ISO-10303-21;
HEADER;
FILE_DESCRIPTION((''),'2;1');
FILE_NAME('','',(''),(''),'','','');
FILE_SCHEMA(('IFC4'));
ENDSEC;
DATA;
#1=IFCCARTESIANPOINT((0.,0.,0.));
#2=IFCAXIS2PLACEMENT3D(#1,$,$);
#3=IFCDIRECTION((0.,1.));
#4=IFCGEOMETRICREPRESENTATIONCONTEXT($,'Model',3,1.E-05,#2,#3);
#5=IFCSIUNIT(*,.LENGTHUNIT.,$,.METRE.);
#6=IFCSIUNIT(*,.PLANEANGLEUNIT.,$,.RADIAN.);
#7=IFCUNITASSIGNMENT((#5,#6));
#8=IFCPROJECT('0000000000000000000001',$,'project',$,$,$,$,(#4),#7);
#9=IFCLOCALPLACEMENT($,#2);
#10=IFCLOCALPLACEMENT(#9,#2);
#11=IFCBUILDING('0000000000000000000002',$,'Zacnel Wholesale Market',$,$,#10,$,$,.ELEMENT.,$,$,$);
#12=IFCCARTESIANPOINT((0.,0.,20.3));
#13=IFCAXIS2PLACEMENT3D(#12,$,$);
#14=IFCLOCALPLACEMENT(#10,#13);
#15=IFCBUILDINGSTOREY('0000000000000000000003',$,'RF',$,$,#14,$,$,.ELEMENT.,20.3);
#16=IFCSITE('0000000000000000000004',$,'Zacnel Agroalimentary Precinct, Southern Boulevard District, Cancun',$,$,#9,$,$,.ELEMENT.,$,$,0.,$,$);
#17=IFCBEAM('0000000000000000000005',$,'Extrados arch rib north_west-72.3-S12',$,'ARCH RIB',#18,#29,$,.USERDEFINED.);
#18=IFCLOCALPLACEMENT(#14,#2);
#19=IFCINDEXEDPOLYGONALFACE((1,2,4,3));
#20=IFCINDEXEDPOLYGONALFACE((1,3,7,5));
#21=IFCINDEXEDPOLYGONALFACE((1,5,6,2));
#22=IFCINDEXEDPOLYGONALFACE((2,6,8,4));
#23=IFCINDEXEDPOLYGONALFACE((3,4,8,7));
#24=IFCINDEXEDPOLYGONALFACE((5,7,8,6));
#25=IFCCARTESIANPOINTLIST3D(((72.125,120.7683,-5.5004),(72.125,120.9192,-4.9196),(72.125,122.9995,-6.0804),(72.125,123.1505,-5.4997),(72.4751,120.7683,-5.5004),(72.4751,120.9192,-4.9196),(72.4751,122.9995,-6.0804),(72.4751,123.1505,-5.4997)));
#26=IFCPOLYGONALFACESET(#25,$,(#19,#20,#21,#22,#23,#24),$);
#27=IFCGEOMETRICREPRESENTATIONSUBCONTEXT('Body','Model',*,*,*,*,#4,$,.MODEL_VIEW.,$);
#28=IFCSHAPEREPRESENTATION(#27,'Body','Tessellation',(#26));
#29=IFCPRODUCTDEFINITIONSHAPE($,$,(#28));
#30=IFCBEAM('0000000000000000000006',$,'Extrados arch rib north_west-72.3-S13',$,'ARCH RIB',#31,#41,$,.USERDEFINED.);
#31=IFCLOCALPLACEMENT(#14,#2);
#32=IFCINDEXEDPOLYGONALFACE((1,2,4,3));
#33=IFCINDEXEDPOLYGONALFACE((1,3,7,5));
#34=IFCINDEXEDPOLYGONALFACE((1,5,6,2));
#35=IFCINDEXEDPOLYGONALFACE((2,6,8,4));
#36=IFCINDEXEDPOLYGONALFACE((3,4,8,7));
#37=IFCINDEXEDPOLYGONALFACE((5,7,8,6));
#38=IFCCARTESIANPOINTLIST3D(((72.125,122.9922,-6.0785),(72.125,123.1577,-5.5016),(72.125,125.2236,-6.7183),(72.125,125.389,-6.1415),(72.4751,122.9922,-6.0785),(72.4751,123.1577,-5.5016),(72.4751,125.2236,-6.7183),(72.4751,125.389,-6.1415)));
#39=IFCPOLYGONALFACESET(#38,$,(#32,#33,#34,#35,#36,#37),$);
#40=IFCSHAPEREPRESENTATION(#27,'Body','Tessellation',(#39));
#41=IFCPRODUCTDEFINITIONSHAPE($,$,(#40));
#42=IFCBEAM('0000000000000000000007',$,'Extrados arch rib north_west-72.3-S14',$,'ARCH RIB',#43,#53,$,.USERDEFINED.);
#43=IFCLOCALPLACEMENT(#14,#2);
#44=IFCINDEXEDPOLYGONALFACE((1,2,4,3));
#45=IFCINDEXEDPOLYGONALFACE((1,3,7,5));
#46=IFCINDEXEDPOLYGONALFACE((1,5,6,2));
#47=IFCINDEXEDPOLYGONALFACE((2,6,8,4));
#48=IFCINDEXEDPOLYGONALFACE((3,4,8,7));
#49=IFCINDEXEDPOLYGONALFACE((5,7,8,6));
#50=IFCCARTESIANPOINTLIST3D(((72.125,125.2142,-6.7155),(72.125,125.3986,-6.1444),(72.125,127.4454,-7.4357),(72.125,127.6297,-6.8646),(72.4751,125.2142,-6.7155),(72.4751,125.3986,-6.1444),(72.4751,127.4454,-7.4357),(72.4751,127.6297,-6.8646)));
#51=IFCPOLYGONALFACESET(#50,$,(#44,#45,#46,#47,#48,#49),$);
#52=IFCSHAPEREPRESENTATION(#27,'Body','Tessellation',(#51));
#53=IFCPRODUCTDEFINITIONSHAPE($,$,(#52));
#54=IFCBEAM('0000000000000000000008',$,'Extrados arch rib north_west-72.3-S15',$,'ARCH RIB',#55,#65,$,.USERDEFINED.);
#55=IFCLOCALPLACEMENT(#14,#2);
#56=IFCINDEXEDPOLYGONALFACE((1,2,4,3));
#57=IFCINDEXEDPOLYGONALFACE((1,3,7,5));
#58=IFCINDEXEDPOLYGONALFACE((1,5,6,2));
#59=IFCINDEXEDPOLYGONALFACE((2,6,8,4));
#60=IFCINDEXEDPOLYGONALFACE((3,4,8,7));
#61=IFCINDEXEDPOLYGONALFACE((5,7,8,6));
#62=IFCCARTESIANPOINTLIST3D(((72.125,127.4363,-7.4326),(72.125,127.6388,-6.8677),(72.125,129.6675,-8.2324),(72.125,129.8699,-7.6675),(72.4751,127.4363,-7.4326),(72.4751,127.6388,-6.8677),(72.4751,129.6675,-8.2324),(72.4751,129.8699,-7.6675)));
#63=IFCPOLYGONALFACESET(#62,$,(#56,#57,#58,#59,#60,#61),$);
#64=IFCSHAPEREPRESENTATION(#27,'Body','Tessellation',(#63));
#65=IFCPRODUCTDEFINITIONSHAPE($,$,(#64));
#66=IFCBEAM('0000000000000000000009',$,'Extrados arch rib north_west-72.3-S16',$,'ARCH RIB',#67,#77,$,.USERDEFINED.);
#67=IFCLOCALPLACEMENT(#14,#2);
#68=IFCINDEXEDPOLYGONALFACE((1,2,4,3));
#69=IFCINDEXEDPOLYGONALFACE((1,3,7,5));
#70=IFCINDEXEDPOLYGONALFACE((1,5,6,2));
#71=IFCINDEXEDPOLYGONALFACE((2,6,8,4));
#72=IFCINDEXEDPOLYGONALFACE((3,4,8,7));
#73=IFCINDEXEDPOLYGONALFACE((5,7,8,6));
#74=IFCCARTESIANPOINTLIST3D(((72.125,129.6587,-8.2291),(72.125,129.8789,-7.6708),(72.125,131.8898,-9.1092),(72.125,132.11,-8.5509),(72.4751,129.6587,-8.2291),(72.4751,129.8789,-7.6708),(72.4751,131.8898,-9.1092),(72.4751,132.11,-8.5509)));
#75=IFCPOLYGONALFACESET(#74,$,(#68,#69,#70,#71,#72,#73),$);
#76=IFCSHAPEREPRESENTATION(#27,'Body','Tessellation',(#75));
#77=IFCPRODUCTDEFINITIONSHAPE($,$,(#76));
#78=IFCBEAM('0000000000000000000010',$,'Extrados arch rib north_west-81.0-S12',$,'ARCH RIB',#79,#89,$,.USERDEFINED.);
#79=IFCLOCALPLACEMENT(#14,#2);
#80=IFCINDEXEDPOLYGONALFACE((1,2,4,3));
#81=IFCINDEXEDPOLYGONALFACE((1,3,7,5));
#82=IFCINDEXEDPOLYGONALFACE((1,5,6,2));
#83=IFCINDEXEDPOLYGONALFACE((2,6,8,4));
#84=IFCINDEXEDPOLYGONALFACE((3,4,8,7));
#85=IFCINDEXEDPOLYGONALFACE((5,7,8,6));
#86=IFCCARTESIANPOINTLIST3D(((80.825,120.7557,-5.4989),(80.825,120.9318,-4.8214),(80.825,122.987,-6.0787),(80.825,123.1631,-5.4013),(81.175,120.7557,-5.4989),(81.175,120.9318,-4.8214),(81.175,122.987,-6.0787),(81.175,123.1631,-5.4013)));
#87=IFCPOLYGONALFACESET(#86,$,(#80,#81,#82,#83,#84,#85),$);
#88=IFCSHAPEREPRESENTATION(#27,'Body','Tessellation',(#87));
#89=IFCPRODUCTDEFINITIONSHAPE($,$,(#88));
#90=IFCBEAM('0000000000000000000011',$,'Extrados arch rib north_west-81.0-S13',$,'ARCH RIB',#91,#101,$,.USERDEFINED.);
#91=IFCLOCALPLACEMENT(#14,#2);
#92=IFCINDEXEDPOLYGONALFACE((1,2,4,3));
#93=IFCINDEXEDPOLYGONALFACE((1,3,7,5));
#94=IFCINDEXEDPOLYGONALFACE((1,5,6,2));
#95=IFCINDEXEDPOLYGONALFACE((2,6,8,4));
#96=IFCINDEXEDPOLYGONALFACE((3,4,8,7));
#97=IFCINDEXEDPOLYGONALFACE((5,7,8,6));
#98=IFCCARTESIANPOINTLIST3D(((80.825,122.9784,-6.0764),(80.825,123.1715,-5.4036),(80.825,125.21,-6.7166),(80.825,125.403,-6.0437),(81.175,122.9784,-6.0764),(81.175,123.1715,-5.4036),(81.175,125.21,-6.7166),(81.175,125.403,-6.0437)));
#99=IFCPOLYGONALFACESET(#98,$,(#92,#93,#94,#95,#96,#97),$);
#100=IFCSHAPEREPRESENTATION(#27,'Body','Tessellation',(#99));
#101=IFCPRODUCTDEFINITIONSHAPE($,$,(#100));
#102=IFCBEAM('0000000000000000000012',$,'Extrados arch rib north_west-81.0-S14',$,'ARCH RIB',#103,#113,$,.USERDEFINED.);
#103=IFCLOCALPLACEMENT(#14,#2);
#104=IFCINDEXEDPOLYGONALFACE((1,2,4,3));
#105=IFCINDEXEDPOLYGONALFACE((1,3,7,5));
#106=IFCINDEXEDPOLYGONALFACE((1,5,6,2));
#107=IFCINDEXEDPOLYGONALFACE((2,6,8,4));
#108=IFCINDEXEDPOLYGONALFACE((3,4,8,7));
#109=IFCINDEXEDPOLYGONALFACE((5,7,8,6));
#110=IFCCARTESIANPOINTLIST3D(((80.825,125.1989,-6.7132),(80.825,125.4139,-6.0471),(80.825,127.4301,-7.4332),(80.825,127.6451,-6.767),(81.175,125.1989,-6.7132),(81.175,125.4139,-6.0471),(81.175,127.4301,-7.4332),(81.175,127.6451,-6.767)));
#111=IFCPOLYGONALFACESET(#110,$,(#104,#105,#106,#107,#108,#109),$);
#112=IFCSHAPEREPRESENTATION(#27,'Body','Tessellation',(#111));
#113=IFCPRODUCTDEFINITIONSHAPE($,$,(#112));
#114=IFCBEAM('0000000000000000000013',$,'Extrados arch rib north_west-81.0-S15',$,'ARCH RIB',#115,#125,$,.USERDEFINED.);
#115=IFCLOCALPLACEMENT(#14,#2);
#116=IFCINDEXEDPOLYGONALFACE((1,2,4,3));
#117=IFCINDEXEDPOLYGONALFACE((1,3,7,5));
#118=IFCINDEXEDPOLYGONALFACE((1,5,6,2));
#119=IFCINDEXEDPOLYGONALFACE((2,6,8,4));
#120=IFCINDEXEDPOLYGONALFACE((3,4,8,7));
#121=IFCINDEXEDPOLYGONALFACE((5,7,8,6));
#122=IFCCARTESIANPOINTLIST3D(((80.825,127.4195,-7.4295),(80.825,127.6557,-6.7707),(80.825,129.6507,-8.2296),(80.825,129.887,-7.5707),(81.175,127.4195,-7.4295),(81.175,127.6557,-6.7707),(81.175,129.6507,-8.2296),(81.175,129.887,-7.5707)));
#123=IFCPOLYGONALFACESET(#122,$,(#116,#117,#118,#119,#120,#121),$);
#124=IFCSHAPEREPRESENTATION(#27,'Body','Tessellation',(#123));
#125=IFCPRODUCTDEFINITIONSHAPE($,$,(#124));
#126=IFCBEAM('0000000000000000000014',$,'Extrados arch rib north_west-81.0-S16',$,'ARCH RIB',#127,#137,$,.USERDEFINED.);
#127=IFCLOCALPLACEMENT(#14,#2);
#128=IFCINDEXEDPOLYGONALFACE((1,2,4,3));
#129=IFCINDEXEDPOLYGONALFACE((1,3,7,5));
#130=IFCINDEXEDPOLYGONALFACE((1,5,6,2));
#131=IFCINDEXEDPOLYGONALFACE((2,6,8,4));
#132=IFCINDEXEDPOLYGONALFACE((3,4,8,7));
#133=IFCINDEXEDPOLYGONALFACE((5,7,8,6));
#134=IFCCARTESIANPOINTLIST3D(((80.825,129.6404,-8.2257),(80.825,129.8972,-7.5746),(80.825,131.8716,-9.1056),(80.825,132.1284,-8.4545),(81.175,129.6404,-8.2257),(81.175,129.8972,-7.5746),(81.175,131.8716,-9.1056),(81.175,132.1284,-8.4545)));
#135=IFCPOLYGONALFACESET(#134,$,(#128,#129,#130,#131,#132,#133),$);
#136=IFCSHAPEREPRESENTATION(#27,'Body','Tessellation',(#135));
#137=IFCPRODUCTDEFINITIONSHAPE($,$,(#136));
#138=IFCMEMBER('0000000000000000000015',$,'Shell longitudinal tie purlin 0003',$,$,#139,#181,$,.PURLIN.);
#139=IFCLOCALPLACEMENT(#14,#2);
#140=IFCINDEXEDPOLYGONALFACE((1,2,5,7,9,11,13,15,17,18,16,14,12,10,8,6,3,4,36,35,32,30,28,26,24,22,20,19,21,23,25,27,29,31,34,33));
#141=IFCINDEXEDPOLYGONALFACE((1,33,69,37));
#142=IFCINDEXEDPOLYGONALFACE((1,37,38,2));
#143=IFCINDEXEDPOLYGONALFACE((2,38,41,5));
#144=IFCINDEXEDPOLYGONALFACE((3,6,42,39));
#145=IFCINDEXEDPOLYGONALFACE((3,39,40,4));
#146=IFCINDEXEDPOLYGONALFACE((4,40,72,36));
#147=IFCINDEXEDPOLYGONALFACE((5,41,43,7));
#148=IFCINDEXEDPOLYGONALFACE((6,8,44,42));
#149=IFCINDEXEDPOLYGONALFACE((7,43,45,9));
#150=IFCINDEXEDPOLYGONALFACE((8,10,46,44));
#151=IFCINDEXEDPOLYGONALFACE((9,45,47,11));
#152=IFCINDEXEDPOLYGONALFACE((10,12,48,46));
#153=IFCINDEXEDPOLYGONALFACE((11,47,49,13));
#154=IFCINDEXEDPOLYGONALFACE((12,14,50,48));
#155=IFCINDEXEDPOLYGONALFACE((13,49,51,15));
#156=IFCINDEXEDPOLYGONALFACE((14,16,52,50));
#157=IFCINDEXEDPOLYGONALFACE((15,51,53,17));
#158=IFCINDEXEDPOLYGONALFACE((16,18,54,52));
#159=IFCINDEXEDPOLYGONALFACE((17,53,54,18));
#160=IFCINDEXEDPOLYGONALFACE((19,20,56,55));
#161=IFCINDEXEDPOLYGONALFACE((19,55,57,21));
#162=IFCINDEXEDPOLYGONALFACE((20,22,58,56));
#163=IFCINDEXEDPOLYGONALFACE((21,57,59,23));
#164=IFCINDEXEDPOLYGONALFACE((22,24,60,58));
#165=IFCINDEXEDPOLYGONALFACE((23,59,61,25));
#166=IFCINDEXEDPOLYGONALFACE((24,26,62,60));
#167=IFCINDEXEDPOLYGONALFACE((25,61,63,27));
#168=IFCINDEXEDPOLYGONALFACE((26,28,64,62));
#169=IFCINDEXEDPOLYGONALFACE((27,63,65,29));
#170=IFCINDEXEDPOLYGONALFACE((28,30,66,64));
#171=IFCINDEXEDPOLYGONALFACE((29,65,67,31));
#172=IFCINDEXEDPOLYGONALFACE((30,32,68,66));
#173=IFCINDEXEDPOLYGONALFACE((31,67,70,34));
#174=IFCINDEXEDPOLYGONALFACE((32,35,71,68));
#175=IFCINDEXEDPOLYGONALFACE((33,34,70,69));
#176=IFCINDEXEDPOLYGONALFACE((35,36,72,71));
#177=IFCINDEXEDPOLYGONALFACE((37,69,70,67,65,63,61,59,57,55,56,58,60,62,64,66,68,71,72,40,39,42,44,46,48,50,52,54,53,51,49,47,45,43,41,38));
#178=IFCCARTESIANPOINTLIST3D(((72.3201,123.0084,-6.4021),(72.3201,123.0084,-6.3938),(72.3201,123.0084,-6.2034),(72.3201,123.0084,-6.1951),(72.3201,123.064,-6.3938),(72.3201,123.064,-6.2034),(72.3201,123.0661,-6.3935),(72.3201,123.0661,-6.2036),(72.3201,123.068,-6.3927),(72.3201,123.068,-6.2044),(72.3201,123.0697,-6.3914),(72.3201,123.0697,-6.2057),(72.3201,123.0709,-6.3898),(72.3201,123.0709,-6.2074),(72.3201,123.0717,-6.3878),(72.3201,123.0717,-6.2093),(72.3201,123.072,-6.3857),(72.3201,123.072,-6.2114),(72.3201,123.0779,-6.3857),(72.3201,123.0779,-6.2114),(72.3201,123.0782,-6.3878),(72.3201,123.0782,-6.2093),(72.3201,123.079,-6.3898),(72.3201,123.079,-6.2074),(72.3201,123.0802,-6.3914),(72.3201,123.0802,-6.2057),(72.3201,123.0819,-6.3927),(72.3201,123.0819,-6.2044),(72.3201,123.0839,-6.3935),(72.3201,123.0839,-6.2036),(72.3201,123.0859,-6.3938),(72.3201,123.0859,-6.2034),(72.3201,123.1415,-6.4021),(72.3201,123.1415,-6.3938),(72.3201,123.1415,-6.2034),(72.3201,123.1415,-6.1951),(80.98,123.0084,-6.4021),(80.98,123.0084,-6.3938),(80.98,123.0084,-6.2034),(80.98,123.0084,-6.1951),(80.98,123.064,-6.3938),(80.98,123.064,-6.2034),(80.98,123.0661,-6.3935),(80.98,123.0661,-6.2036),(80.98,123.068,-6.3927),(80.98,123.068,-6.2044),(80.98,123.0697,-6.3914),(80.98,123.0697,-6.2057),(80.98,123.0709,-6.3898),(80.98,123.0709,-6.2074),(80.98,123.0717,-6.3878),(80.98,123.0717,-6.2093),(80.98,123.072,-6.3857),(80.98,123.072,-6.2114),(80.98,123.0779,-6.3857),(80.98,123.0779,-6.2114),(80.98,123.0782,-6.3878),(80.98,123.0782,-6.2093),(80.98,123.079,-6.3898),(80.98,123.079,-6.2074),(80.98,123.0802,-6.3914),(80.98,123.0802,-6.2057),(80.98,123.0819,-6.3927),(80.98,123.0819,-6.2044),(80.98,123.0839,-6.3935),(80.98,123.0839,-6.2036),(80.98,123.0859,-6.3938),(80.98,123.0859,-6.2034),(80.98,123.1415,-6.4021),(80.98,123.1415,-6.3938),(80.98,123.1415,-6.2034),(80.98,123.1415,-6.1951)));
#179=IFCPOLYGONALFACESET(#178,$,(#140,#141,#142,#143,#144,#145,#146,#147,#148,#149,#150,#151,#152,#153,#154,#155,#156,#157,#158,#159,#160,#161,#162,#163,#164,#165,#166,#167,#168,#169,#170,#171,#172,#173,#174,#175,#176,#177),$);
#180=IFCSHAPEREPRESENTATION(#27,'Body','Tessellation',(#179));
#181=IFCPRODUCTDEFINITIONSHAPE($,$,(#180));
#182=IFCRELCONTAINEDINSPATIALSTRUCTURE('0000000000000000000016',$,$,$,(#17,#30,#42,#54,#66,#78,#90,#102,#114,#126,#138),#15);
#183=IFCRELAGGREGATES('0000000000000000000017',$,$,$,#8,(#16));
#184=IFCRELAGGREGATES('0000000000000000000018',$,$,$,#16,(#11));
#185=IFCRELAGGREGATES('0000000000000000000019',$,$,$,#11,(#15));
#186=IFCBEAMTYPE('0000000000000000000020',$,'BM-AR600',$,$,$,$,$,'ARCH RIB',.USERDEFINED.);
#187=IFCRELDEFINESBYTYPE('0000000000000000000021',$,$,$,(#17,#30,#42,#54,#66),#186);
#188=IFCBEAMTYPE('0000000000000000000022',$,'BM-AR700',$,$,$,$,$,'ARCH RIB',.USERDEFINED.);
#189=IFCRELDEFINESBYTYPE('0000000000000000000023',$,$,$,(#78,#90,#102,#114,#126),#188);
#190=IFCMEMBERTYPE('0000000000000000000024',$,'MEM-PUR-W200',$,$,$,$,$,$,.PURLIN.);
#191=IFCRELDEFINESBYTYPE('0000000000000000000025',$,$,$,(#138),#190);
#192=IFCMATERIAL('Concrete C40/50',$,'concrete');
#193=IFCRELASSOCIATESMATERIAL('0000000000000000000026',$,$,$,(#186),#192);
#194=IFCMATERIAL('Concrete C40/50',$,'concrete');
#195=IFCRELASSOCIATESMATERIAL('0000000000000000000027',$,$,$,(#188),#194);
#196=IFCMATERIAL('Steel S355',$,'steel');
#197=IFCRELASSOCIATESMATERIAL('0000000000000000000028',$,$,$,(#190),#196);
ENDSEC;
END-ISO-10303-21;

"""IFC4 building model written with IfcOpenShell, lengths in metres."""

from ifc_helpers import new_model, si_unit, direction, frame, origin, origin_2d, place, context, subcontext, project, spatial, rectangle, i_section, extrude, material, material_profile, profile_set, type_object, element, save


model = new_model("IFC4")

# Units and contexts
model_context = context("Model", 3, precision=1e-05, world=origin(), true_north=direction((0.0, 1.0)))
body_context = subcontext(model_context, "Body", "Model", "MODEL_VIEW")
ifc_project = project(units=[si_unit("LENGTHUNIT", "METRE"), si_unit("PLANEANGLEUNIT", "RADIAN")], contexts=[model_context])

# Site, building, storey
site_placement = place(None, origin())
site = spatial("IfcSite", under=ifc_project, at=site_placement, Name="Zacnel Agroalimentary Precinct, Southern Boulevard District, Cancun", CompositionType="ELEMENT", RefElevation=0.0)
building_placement = place(site_placement, origin())
building = spatial("IfcBuilding", under=site, at=building_placement, Name="Zacnel Wholesale Market", CompositionType="ELEMENT")
storey_placement = place(building_placement, frame((0.0, 0.0, 20.3)))
storey = spatial("IfcBuildingStorey", under=building, at=storey_placement, Name="RF", CompositionType="ELEMENT", Elevation=20.3)

# Beams
ifc_material_1 = material(Name="Concrete C40/50", Category="concrete")
ifc_material_profile_1 = material_profile(ifc_material_1, rectangle(XDim=0.3501, YDim=0.6001, at=origin_2d()), Name="ARCH RIB 350x600")
ifc_profile_set_1 = profile_set([ifc_material_profile_1], Name="Concrete C40/50")
beam_type_1 = type_object("IfcBeamType", Name="BM-AR600", ElementType="ARCH RIB", PredefinedType="USERDEFINED", material=ifc_profile_set_1)
beam_1_placement = place(storey_placement, frame((72.3, 120.8438, -5.21), z_axis=(0.0, 0.967826, -0.25162), x_axis=(-1.0, 0.0, 0.0)))
element("IfcBeam", 1, at=beam_1_placement, inside=storey, type_object=beam_type_1, Name="Extrados arch rib north_west-72.3-S12", ObjectType="ARCH RIB", PredefinedType="USERDEFINED", context=body_context, shape_type="SweptSolid", body=[
    extrude(rectangle(XDim=0.3501, YDim=0.6001, at=origin_2d()), origin(), (0.0, 0.0, 1.0), 2.3054),
])
beam_2_placement = place(storey_placement, frame((72.3, 123.075, -5.79), z_axis=(0.0, 0.961258, -0.275652), x_axis=(-1.0, 0.0, 0.0)))
element("IfcBeam", 2, at=beam_2_placement, inside=storey, type_object=beam_type_1, Name="Extrados arch rib north_west-72.3-S13", ObjectType="ARCH RIB", PredefinedType="USERDEFINED", context=body_context, shape_type="SweptSolid", body=[
    extrude(rectangle(XDim=0.3501, YDim=0.6001, at=origin_2d()), origin(), (0.0, 0.0, 1.0), 2.3213),
])
beam_3_placement = place(storey_placement, frame((72.3, 125.3064, -6.4299), z_axis=(0.0, 0.95165, -0.307185), x_axis=(-1.0, 0.0, 0.0)))
element("IfcBeam", 3, at=beam_3_placement, inside=storey, type_object=beam_type_1, Name="Extrados arch rib north_west-72.3-S14", ObjectType="ARCH RIB", PredefinedType="USERDEFINED", context=body_context, shape_type="SweptSolid", body=[
    extrude(rectangle(XDim=0.3501, YDim=0.6001, at=origin_2d()), origin(), (0.0, 0.0, 1.0), 2.3445),
])
beam_4_placement = place(storey_placement, frame((72.3, 127.5376, -7.1501), z_axis=(0.0, 0.941347, -0.337439), x_axis=(-1.0, 0.0, 0.0)))
element("IfcBeam", 4, at=beam_4_placement, inside=storey, type_object=beam_type_1, Name="Extrados arch rib north_west-72.3-S15", ObjectType="ARCH RIB", PredefinedType="USERDEFINED", context=body_context, shape_type="SweptSolid", body=[
    extrude(rectangle(XDim=0.3501, YDim=0.6001, at=origin_2d()), origin(), (0.0, 0.0, 1.0), 2.3701),
])
beam_5_placement = place(storey_placement, frame((72.3, 129.7688, -7.95), z_axis=(0.0, 0.930242, -0.366946), x_axis=(-1.0, 0.0, 0.0)))
element("IfcBeam", 5, at=beam_5_placement, inside=storey, type_object=beam_type_1, Name="Extrados arch rib north_west-72.3-S16", ObjectType="ARCH RIB", PredefinedType="USERDEFINED", context=body_context, shape_type="SweptSolid", body=[
    extrude(rectangle(XDim=0.3501, YDim=0.6001, at=origin_2d()), origin(), (0.0, 0.0, 1.0), 2.3984),
])
ifc_material_2 = material(Name="Concrete C40/50", Category="concrete")
ifc_material_profile_2 = material_profile(ifc_material_2, rectangle(XDim=0.3501, YDim=0.7, at=origin_2d()), Name="ARCH RIB 350x700")
ifc_profile_set_2 = profile_set([ifc_material_profile_2], Name="Concrete C40/50")
beam_type_2 = type_object("IfcBeamType", Name="BM-AR700", ElementType="ARCH RIB", PredefinedType="USERDEFINED", material=ifc_profile_set_2)
beam_6_placement = place(storey_placement, frame((81.0, 120.8438, -5.1602), z_axis=(0.0, 0.967852, -0.251521), x_axis=(-1.0, 0.0, 0.0)))
element("IfcBeam", 6, at=beam_6_placement, inside=storey, type_object=beam_type_2, Name="Extrados arch rib north_west-81.0-S12", ObjectType="ARCH RIB", PredefinedType="USERDEFINED", context=body_context, shape_type="SweptSolid", body=[
    extrude(rectangle(XDim=0.3501, YDim=0.7, at=origin_2d()), origin(), (0.0, 0.0, 1.0), 2.3054),
])
beam_7_placement = place(storey_placement, frame((81.0, 123.075, -5.74), z_axis=(0.0, 0.96123, -0.275749), x_axis=(-1.0, 0.0, 0.0)))
element("IfcBeam", 7, at=beam_7_placement, inside=storey, type_object=beam_type_2, Name="Extrados arch rib north_west-81.0-S13", ObjectType="ARCH RIB", PredefinedType="USERDEFINED", context=body_context, shape_type="SweptSolid", body=[
    extrude(rectangle(XDim=0.3501, YDim=0.7, at=origin_2d()), origin(), (0.0, 0.0, 1.0), 2.3215),
])
beam_8_placement = place(storey_placement, frame((81.0, 125.3064, -6.3801), z_axis=(0.0, 0.95168, -0.307091), x_axis=(-1.0, 0.0, 0.0)))
element("IfcBeam", 8, at=beam_8_placement, inside=storey, type_object=beam_type_2, Name="Extrados arch rib north_west-81.0-S14", ObjectType="ARCH RIB", PredefinedType="USERDEFINED", context=body_context, shape_type="SweptSolid", body=[
    extrude(rectangle(XDim=0.3501, YDim=0.7, at=origin_2d()), origin(), (0.0, 0.0, 1.0), 2.3445),
])
beam_9_placement = place(storey_placement, frame((81.0, 127.5376, -7.1001), z_axis=(0.0, 0.941315, -0.33753), x_axis=(-1.0, 0.0, 0.0)))
element("IfcBeam", 9, at=beam_9_placement, inside=storey, type_object=beam_type_2, Name="Extrados arch rib north_west-81.0-S15", ObjectType="ARCH RIB", PredefinedType="USERDEFINED", context=body_context, shape_type="SweptSolid", body=[
    extrude(rectangle(XDim=0.3501, YDim=0.7, at=origin_2d()), origin(), (0.0, 0.0, 1.0), 2.3704),
])
beam_10_placement = place(storey_placement, frame((81.0, 129.7688, -7.9001), z_axis=(0.0, 0.930277, -0.366858), x_axis=(-1.0, 0.0, 0.0)))
element("IfcBeam", 10, at=beam_10_placement, inside=storey, type_object=beam_type_2, Name="Extrados arch rib north_west-81.0-S16", ObjectType="ARCH RIB", PredefinedType="USERDEFINED", context=body_context, shape_type="SweptSolid", body=[
    extrude(rectangle(XDim=0.3501, YDim=0.7, at=origin_2d()), origin(), (0.0, 0.0, 1.0), 2.3984),
])

# Member
ifc_material_3 = material(Name="Steel S355", Category="steel")
ifc_material_profile_3 = material_profile(ifc_material_3, i_section(OverallWidth=0.1331, OverallDepth=0.207, WebThickness=0.0059, FlangeThickness=0.0083, FilletRadius=0.0081, at=origin_2d()), Name="W200X26.6")
ifc_profile_set_3 = profile_set([ifc_material_profile_3], Name="Steel S355")
member_type = type_object("IfcMemberType", Name="MEM-PUR-W200", PredefinedType="PURLIN", material=ifc_profile_set_3)
member_1_placement = place(storey_placement, frame((72.3201, 123.075, -6.2986), z_axis=(1.0, 0.0, 0.0), x_axis=(0.0, 1.0, 0.0)))
element("IfcMember", 11, at=member_1_placement, inside=storey, type_object=member_type, Name="Shell longitudinal tie purlin 0003", PredefinedType="PURLIN", context=body_context, shape_type="SweptSolid", body=[
    extrude(i_section(OverallWidth=0.1331, OverallDepth=0.207, WebThickness=0.0059, FlangeThickness=0.0083, FilletRadius=0.0081, at=origin_2d()), origin(), (0.0, 0.0, 1.0), 8.6599),
])

save(model, "model.ifc")
